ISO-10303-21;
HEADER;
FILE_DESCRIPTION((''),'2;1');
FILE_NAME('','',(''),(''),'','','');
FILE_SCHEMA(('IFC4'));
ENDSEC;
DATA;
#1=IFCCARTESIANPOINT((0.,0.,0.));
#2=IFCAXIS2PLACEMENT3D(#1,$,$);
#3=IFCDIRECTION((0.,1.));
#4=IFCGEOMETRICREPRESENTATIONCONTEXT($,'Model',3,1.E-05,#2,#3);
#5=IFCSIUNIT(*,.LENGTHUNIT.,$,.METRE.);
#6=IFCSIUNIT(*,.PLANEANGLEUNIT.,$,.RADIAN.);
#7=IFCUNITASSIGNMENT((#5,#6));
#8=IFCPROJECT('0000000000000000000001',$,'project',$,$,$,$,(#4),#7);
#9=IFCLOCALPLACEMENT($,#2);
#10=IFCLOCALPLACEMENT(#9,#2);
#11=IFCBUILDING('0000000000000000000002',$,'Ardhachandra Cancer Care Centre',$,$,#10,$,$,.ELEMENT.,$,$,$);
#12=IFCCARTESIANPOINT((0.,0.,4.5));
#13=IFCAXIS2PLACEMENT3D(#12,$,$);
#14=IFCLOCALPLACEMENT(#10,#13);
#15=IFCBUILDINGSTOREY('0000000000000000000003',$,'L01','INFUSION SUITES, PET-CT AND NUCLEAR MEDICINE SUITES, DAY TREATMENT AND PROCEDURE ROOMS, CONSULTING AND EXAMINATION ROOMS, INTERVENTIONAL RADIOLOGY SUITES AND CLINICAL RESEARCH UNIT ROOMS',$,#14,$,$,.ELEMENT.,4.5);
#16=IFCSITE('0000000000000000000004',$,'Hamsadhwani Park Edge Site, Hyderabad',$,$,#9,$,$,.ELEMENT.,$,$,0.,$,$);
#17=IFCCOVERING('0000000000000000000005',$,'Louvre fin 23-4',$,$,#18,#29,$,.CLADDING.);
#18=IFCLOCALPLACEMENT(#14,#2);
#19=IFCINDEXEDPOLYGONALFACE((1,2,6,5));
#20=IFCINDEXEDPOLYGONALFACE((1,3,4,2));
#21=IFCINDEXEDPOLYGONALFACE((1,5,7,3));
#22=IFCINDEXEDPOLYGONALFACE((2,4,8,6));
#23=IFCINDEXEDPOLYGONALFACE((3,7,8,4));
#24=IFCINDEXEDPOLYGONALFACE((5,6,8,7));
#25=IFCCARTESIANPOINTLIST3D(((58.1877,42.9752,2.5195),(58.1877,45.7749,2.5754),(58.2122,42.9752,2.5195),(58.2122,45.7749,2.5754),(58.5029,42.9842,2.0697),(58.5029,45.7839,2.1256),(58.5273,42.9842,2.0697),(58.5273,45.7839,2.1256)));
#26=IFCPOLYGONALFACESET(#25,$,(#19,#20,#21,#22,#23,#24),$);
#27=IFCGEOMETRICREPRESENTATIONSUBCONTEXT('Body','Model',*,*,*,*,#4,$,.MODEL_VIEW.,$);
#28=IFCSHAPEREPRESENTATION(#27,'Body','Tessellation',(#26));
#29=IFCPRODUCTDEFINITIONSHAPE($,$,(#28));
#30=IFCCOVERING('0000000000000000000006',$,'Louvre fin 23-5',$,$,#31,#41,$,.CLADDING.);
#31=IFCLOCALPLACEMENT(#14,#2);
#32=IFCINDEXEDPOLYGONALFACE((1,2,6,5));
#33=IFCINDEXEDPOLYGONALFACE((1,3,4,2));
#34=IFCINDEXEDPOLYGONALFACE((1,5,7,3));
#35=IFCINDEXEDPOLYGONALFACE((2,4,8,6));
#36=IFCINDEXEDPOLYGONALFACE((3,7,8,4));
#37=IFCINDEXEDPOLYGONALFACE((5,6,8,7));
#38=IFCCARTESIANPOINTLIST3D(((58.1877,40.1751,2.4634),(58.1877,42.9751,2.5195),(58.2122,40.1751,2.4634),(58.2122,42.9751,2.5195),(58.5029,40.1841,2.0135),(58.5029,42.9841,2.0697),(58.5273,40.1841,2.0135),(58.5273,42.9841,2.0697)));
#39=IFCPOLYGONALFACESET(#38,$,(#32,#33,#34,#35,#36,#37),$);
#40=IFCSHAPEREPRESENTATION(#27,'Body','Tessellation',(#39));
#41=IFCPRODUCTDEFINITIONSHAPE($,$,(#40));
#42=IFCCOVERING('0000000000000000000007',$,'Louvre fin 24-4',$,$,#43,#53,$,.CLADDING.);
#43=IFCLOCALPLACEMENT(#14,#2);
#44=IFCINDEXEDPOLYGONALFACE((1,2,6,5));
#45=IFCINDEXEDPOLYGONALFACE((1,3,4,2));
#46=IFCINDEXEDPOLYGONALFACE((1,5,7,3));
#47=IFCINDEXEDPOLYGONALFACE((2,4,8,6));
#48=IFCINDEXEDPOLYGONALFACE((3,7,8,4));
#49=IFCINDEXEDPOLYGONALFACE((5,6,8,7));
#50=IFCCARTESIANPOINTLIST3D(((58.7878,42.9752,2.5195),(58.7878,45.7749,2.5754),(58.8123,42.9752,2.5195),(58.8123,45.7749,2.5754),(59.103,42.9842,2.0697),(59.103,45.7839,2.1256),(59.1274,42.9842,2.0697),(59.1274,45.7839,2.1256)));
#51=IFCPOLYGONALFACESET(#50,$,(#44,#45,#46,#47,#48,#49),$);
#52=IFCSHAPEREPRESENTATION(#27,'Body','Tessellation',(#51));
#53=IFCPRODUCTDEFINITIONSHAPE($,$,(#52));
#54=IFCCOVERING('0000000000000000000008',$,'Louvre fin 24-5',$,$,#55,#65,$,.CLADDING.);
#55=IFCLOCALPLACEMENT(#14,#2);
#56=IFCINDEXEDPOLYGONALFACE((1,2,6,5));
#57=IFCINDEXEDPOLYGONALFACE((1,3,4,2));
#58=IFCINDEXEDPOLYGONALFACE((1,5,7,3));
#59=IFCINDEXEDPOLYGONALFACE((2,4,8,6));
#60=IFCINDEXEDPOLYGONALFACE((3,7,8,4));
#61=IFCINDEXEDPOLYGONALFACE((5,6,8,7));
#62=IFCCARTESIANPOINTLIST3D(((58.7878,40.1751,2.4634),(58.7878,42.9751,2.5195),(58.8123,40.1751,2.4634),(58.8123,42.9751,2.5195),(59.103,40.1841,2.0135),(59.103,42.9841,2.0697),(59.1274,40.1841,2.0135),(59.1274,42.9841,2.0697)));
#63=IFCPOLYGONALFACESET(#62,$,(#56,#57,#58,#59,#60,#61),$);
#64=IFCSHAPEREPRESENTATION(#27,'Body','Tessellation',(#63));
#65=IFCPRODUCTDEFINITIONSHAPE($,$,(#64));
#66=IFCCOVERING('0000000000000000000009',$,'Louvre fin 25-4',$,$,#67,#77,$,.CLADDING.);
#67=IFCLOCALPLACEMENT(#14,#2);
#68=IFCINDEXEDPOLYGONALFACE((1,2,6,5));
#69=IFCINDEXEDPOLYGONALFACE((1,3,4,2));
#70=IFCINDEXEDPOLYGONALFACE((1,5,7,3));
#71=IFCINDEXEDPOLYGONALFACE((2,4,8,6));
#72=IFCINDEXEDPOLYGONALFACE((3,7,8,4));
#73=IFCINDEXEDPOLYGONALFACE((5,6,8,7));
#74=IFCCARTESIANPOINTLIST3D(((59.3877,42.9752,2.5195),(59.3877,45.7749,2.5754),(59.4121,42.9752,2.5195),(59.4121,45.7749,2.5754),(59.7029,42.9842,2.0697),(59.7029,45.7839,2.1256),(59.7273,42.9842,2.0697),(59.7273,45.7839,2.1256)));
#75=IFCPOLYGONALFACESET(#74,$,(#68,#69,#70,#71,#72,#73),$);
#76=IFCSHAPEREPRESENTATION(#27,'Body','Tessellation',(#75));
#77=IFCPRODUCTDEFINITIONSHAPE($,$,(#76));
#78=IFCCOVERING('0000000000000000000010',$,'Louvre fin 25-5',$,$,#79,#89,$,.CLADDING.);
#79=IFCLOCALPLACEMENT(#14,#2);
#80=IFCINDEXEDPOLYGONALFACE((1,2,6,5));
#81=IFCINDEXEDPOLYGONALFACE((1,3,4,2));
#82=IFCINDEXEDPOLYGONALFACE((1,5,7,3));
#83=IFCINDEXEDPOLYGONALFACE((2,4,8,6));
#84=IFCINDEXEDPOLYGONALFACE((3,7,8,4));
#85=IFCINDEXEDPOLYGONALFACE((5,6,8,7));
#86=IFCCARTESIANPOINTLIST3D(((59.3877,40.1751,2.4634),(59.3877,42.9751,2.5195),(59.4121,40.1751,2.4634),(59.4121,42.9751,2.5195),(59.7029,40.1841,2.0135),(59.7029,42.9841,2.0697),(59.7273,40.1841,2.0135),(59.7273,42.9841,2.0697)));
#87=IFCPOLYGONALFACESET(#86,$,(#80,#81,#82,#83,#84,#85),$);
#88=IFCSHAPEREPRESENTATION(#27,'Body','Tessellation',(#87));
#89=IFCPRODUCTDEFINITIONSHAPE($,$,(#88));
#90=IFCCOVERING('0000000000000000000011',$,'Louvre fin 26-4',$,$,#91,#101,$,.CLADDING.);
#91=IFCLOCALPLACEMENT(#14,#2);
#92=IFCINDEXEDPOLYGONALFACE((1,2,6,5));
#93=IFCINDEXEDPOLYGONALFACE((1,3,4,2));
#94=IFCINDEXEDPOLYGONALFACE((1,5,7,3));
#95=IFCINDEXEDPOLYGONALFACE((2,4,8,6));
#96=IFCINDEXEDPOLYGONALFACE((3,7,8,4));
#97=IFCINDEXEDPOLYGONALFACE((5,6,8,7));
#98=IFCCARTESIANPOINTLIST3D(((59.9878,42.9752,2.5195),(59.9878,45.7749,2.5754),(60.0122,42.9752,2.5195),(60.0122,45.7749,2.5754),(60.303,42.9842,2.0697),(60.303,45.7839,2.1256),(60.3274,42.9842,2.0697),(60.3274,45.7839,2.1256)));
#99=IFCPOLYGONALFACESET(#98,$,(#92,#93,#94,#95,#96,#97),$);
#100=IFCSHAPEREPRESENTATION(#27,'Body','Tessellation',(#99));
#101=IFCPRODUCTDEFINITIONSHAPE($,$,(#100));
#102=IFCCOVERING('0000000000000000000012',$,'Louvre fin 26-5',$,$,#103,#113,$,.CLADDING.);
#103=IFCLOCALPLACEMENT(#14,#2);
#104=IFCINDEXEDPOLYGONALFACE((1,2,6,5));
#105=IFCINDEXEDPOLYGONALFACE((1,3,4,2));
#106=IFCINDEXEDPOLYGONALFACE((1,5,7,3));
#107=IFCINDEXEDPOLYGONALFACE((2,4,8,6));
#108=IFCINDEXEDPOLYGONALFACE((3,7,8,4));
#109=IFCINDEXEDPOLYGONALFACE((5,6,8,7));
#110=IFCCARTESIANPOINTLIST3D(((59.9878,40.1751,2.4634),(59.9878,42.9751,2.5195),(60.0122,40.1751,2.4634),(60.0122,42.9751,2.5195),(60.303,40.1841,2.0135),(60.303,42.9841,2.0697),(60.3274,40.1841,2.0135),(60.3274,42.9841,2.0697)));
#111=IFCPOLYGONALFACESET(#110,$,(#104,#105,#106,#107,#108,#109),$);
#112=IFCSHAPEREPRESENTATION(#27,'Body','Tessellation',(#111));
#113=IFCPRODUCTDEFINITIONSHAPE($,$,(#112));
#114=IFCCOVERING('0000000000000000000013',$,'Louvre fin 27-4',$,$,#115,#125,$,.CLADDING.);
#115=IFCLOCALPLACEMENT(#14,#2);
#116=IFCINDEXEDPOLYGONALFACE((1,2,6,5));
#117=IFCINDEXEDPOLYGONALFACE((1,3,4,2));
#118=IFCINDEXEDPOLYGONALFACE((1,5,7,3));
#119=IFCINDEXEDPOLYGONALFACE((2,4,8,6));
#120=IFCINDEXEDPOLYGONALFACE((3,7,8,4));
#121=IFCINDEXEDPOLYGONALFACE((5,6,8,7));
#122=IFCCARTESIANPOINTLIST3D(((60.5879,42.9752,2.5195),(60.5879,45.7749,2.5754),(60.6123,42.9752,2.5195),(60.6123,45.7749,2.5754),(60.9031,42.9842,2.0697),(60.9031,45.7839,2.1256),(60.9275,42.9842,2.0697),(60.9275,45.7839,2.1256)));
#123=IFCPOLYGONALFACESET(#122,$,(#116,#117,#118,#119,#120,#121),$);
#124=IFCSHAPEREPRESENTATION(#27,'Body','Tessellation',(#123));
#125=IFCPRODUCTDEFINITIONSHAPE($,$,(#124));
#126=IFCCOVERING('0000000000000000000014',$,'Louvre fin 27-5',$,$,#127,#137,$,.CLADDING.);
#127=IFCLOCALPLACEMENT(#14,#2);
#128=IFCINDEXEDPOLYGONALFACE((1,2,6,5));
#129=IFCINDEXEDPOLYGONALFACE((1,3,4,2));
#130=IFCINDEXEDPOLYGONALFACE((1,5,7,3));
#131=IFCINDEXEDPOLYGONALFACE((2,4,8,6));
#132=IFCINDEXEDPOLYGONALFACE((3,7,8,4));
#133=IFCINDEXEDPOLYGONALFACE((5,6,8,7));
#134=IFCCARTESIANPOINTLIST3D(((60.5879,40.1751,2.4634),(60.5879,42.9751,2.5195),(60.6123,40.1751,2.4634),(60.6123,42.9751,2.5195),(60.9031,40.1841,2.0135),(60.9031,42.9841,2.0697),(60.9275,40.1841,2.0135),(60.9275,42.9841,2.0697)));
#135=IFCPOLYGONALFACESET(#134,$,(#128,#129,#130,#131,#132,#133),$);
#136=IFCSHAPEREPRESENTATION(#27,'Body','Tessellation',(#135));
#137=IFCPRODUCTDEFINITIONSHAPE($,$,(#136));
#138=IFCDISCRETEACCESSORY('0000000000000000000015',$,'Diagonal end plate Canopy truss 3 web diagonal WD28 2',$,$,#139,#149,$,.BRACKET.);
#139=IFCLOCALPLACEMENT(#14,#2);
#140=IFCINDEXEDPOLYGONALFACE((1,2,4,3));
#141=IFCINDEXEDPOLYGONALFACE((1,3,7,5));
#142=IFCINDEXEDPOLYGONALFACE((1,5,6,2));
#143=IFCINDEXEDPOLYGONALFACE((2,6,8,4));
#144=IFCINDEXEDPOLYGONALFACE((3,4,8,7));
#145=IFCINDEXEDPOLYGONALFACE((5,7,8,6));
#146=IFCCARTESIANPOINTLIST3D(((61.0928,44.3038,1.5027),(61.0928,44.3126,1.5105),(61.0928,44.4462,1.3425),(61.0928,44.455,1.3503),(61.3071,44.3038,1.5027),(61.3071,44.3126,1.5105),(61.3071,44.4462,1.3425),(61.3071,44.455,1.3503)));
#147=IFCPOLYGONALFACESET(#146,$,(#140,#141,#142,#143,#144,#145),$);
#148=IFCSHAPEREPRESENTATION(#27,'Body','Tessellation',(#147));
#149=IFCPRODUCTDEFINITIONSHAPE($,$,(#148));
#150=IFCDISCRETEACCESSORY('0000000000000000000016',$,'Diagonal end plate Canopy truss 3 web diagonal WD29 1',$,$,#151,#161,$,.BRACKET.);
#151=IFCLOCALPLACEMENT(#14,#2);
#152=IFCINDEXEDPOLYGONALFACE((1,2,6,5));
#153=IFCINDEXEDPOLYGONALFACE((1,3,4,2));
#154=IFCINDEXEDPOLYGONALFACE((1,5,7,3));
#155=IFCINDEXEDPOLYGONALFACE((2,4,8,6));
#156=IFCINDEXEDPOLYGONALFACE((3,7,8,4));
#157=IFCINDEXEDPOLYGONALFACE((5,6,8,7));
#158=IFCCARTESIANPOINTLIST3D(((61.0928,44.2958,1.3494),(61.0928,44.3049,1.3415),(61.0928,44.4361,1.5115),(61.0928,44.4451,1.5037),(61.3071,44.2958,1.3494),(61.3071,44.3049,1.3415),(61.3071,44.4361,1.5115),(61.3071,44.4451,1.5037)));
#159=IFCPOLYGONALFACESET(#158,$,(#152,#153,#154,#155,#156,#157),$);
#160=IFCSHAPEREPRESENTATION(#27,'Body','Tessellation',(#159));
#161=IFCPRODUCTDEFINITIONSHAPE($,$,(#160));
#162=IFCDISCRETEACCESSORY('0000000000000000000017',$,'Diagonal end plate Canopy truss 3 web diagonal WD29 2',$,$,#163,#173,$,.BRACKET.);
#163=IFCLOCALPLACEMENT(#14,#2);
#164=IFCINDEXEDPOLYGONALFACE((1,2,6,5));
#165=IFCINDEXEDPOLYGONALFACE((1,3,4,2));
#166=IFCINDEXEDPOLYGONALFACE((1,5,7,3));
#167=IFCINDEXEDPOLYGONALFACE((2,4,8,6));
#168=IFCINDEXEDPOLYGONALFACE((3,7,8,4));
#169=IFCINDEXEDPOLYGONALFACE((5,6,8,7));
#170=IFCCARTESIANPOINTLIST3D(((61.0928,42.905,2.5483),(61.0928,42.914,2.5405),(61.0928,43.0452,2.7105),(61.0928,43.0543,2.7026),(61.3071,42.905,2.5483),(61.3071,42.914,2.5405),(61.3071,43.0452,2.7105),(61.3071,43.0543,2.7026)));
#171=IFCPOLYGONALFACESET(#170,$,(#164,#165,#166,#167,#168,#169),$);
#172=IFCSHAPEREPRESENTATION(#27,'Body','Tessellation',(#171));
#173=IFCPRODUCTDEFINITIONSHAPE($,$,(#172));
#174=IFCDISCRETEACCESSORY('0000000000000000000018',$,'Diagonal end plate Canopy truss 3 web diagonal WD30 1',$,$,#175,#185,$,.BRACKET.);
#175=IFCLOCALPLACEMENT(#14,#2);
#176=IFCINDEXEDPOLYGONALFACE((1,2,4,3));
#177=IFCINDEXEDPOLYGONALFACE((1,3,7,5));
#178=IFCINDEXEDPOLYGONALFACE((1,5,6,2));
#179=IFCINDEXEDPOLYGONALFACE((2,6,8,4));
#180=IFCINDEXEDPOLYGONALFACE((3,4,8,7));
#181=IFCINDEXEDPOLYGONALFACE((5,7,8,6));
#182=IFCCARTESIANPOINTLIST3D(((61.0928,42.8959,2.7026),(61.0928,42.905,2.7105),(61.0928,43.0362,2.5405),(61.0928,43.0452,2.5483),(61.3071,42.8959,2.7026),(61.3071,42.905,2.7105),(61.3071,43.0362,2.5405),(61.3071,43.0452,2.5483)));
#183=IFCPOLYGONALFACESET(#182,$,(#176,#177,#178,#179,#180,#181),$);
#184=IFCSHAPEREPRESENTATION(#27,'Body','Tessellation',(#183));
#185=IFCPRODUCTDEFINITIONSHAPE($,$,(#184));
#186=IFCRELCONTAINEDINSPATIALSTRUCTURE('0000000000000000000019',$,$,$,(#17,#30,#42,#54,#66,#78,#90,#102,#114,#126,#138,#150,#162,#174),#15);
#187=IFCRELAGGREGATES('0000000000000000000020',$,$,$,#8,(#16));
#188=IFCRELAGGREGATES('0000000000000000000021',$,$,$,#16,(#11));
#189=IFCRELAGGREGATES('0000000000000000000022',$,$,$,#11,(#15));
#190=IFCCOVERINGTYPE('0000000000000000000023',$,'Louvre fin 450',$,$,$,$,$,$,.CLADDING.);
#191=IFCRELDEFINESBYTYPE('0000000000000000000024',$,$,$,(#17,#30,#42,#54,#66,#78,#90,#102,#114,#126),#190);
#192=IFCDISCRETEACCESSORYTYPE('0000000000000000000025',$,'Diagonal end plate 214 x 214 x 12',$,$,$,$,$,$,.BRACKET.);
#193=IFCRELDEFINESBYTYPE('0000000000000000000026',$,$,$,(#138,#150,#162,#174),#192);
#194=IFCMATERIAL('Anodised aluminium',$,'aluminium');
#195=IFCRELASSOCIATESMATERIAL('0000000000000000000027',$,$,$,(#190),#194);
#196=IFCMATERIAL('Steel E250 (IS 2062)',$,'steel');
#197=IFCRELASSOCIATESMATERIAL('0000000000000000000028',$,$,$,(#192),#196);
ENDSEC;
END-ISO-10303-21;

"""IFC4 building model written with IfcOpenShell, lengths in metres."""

from ifc_helpers import new_model, si_unit, direction, frame, origin, origin_2d, place, context, subcontext, project, spatial, polyline, rectangle, outline, extrude, material, material_profile, profile_set, type_object, element, save


model = new_model("IFC4")

# Units and contexts
model_context = context("Model", 3, precision=1e-05, world=origin(), true_north=direction((0.0, 1.0)))
body_context = subcontext(model_context, "Body", "Model", "MODEL_VIEW")
ifc_project = project(units=[si_unit("LENGTHUNIT", "METRE"), si_unit("PLANEANGLEUNIT", "RADIAN")], contexts=[model_context])

# Site, building, storey
site_placement = place(None, origin())
site = spatial("IfcSite", under=ifc_project, at=site_placement, Name="Hamsadhwani Park Edge Site, Hyderabad", CompositionType="ELEMENT", RefElevation=0.0)
building_placement = place(site_placement, origin())
building = spatial("IfcBuilding", under=site, at=building_placement, Name="Ardhachandra Cancer Care Centre", CompositionType="ELEMENT")
storey_placement = place(building_placement, frame((0.0, 0.0, 4.5)))
storey = spatial("IfcBuildingStorey", under=building, at=storey_placement, Name="L01", Description="INFUSION SUITES, PET-CT AND NUCLEAR MEDICINE SUITES, DAY TREATMENT AND PROCEDURE ROOMS, CONSULTING AND EXAMINATION ROOMS, INTERVENTIONAL RADIOLOGY SUITES AND CLINICAL RESEARCH UNIT ROOMS", CompositionType="ELEMENT", Elevation=4.5)

# Coverings
ifc_material_1 = material(Name="Anodised aluminium", Category="aluminium")
ifc_material_profile_1 = material_profile(ifc_material_1, outline(polyline([(-0.0122, 0.0), (0.0122, 0.0), (0.3274, -0.45), (0.303, -0.45), (-0.0122, 0.0)])), Name="Louvre fin 450")
ifc_profile_set_1 = profile_set([ifc_material_profile_1], Name="Anodised aluminium")
covering_type = type_object("IfcCoveringType", Name="Louvre fin 450", PredefinedType="CLADDING", material=ifc_profile_set_1)
covering_1_placement = place(storey_placement, frame((58.2, 45.7749, 2.5754), z_axis=(0.0, -0.999801, -0.019965), x_axis=(1.0, 0.0, 0.0)))
element("IfcCovering", 1, at=covering_1_placement, inside=storey, type_object=covering_type, Name="Louvre fin 23-4", PredefinedType="CLADDING", context=body_context, shape_type="SweptSolid", body=[
    extrude(outline(polyline([(-0.0122, 0.0), (0.0122, 0.0), (0.3274, -0.45), (0.303, -0.45), (-0.0122, 0.0)])), origin(), (0.0, 0.0, 1.0), 2.8003),
])
covering_2_placement = place(storey_placement, frame((58.2, 42.9751, 2.5195), z_axis=(0.0, -0.999799, -0.02005), x_axis=(1.0, 0.0, 0.0)))
element("IfcCovering", 2, at=covering_2_placement, inside=storey, type_object=covering_type, Name="Louvre fin 23-5", PredefinedType="CLADDING", context=body_context, shape_type="SweptSolid", body=[
    extrude(outline(polyline([(-0.0122, 0.0), (0.0122, 0.0), (0.3274, -0.45), (0.303, -0.45), (-0.0122, 0.0)])), origin(), (0.0, 0.0, 1.0), 2.8005),
])
covering_3_placement = place(storey_placement, frame((58.8, 45.7749, 2.5754), z_axis=(0.0, -0.999801, -0.019965), x_axis=(1.0, 0.0, 0.0)))
element("IfcCovering", 3, at=covering_3_placement, inside=storey, type_object=covering_type, Name="Louvre fin 24-4", PredefinedType="CLADDING", context=body_context, shape_type="SweptSolid", body=[
    extrude(outline(polyline([(-0.0122, 0.0), (0.0122, 0.0), (0.3274, -0.45), (0.303, -0.45), (-0.0122, 0.0)])), origin(), (0.0, 0.0, 1.0), 2.8003),
])
covering_4_placement = place(storey_placement, frame((58.8, 42.9751, 2.5195), z_axis=(0.0, -0.999799, -0.02005), x_axis=(1.0, 0.0, 0.0)))
element("IfcCovering", 4, at=covering_4_placement, inside=storey, type_object=covering_type, Name="Louvre fin 24-5", PredefinedType="CLADDING", context=body_context, shape_type="SweptSolid", body=[
    extrude(outline(polyline([(-0.0122, 0.0), (0.0122, 0.0), (0.3274, -0.45), (0.303, -0.45), (-0.0122, 0.0)])), origin(), (0.0, 0.0, 1.0), 2.8005),
])
covering_5_placement = place(storey_placement, frame((59.3999, 45.7749, 2.5754), z_axis=(0.0, -0.999801, -0.019965), x_axis=(1.0, 0.0, 0.0)))
element("IfcCovering", 5, at=covering_5_placement, inside=storey, type_object=covering_type, Name="Louvre fin 25-4", PredefinedType="CLADDING", context=body_context, shape_type="SweptSolid", body=[
    extrude(outline(polyline([(-0.0122, 0.0), (0.0122, 0.0), (0.3274, -0.45), (0.303, -0.45), (-0.0122, 0.0)])), origin(), (0.0, 0.0, 1.0), 2.8003),
])
covering_6_placement = place(storey_placement, frame((59.3999, 42.9751, 2.5195), z_axis=(0.0, -0.999799, -0.02005), x_axis=(1.0, 0.0, 0.0)))
element("IfcCovering", 6, at=covering_6_placement, inside=storey, type_object=covering_type, Name="Louvre fin 25-5", PredefinedType="CLADDING", context=body_context, shape_type="SweptSolid", body=[
    extrude(outline(polyline([(-0.0122, 0.0), (0.0122, 0.0), (0.3274, -0.45), (0.303, -0.45), (-0.0122, 0.0)])), origin(), (0.0, 0.0, 1.0), 2.8005),
])
covering_7_placement = place(storey_placement, frame((60.0, 45.7749, 2.5754), z_axis=(0.0, -0.999801, -0.019965), x_axis=(1.0, 0.0, 0.0)))
element("IfcCovering", 7, at=covering_7_placement, inside=storey, type_object=covering_type, Name="Louvre fin 26-4", PredefinedType="CLADDING", context=body_context, shape_type="SweptSolid", body=[
    extrude(outline(polyline([(-0.0122, 0.0), (0.0122, 0.0), (0.3274, -0.45), (0.303, -0.45), (-0.0122, 0.0)])), origin(), (0.0, 0.0, 1.0), 2.8003),
])
covering_8_placement = place(storey_placement, frame((60.0, 42.9751, 2.5195), z_axis=(0.0, -0.999799, -0.02005), x_axis=(1.0, 0.0, 0.0)))
element("IfcCovering", 8, at=covering_8_placement, inside=storey, type_object=covering_type, Name="Louvre fin 26-5", PredefinedType="CLADDING", context=body_context, shape_type="SweptSolid", body=[
    extrude(outline(polyline([(-0.0122, 0.0), (0.0122, 0.0), (0.3274, -0.45), (0.303, -0.45), (-0.0122, 0.0)])), origin(), (0.0, 0.0, 1.0), 2.8005),
])
covering_9_placement = place(storey_placement, frame((60.6001, 45.7749, 2.5754), z_axis=(0.0, -0.999801, -0.019965), x_axis=(1.0, 0.0, 0.0)))
element("IfcCovering", 9, at=covering_9_placement, inside=storey, type_object=covering_type, Name="Louvre fin 27-4", PredefinedType="CLADDING", context=body_context, shape_type="SweptSolid", body=[
    extrude(outline(polyline([(-0.0122, 0.0), (0.0122, 0.0), (0.3274, -0.45), (0.303, -0.45), (-0.0122, 0.0)])), origin(), (0.0, 0.0, 1.0), 2.8003),
])
covering_10_placement = place(storey_placement, frame((60.6001, 42.9751, 2.5195), z_axis=(0.0, -0.999799, -0.02005), x_axis=(1.0, 0.0, 0.0)))
element("IfcCovering", 10, at=covering_10_placement, inside=storey, type_object=covering_type, Name="Louvre fin 27-5", PredefinedType="CLADDING", context=body_context, shape_type="SweptSolid", body=[
    extrude(outline(polyline([(-0.0122, 0.0), (0.0122, 0.0), (0.3274, -0.45), (0.303, -0.45), (-0.0122, 0.0)])), origin(), (0.0, 0.0, 1.0), 2.8005),
])

# Discrete accessories
ifc_material_2 = material(Name="Steel E250 (IS 2062)", Category="steel")
ifc_material_profile_2 = material_profile(ifc_material_2, rectangle(XDim=0.2144, YDim=0.2144, at=origin_2d()), Name="PL 214x214x12")
ifc_profile_set_2 = profile_set([ifc_material_profile_2], Name="Steel E250 (IS 2062)")
discrete_accessory_type = type_object("IfcDiscreteAccessoryType", Name="Diagonal end plate 214 x 214 x 12", PredefinedType="BRACKET", material=ifc_profile_set_2)
discrete_accessory_placement = place(storey_placement, frame((61.2, 44.375, 1.4226), z_axis=(0.0, 0.747409, 0.664364), x_axis=(-1.0, 0.0, 0.0)))
element("IfcDiscreteAccessory", 11, at=discrete_accessory_placement, inside=storey, type_object=discrete_accessory_type, Name="Diagonal end plate Canopy truss 3 web diagonal WD28 2", PredefinedType="BRACKET", context=body_context, shape_type="SweptSolid", body=[
    extrude(rectangle(XDim=0.2144, YDim=0.2144, at=origin_2d()), origin(), (0.0, 0.0, 1.0), 0.0117),
])
for number, where, z_axis, x_axis, name in (
    (12, (61.2, 44.375, 1.4226), (0.0, -0.756363, 0.654152), (1.0, 0.0, 0.0), "Diagonal end plate Canopy truss 3 web diagonal WD29 1"),
    (13, (61.2, 42.9751, 2.6294), (0.0, 0.756363, -0.654152), (-1.0, 0.0, 0.0), "Diagonal end plate Canopy truss 3 web diagonal WD29 2"),
    (14, (61.2, 42.9751, 2.6294), (0.0, -0.756363, -0.654152), (1.0, 0.0, 0.0), "Diagonal end plate Canopy truss 3 web diagonal WD30 1"),
):
    element("IfcDiscreteAccessory", number, at=place(storey_placement, frame(where, z_axis=z_axis, x_axis=x_axis)), inside=storey, type_object=discrete_accessory_type, Name=name, PredefinedType="BRACKET", context=body_context, shape_type="SweptSolid", body=[
        extrude(rectangle(XDim=0.2144, YDim=0.2144, at=origin_2d()), origin(), (0.0, 0.0, 1.0), 0.012),
    ])

save(model, "model.ifc")
